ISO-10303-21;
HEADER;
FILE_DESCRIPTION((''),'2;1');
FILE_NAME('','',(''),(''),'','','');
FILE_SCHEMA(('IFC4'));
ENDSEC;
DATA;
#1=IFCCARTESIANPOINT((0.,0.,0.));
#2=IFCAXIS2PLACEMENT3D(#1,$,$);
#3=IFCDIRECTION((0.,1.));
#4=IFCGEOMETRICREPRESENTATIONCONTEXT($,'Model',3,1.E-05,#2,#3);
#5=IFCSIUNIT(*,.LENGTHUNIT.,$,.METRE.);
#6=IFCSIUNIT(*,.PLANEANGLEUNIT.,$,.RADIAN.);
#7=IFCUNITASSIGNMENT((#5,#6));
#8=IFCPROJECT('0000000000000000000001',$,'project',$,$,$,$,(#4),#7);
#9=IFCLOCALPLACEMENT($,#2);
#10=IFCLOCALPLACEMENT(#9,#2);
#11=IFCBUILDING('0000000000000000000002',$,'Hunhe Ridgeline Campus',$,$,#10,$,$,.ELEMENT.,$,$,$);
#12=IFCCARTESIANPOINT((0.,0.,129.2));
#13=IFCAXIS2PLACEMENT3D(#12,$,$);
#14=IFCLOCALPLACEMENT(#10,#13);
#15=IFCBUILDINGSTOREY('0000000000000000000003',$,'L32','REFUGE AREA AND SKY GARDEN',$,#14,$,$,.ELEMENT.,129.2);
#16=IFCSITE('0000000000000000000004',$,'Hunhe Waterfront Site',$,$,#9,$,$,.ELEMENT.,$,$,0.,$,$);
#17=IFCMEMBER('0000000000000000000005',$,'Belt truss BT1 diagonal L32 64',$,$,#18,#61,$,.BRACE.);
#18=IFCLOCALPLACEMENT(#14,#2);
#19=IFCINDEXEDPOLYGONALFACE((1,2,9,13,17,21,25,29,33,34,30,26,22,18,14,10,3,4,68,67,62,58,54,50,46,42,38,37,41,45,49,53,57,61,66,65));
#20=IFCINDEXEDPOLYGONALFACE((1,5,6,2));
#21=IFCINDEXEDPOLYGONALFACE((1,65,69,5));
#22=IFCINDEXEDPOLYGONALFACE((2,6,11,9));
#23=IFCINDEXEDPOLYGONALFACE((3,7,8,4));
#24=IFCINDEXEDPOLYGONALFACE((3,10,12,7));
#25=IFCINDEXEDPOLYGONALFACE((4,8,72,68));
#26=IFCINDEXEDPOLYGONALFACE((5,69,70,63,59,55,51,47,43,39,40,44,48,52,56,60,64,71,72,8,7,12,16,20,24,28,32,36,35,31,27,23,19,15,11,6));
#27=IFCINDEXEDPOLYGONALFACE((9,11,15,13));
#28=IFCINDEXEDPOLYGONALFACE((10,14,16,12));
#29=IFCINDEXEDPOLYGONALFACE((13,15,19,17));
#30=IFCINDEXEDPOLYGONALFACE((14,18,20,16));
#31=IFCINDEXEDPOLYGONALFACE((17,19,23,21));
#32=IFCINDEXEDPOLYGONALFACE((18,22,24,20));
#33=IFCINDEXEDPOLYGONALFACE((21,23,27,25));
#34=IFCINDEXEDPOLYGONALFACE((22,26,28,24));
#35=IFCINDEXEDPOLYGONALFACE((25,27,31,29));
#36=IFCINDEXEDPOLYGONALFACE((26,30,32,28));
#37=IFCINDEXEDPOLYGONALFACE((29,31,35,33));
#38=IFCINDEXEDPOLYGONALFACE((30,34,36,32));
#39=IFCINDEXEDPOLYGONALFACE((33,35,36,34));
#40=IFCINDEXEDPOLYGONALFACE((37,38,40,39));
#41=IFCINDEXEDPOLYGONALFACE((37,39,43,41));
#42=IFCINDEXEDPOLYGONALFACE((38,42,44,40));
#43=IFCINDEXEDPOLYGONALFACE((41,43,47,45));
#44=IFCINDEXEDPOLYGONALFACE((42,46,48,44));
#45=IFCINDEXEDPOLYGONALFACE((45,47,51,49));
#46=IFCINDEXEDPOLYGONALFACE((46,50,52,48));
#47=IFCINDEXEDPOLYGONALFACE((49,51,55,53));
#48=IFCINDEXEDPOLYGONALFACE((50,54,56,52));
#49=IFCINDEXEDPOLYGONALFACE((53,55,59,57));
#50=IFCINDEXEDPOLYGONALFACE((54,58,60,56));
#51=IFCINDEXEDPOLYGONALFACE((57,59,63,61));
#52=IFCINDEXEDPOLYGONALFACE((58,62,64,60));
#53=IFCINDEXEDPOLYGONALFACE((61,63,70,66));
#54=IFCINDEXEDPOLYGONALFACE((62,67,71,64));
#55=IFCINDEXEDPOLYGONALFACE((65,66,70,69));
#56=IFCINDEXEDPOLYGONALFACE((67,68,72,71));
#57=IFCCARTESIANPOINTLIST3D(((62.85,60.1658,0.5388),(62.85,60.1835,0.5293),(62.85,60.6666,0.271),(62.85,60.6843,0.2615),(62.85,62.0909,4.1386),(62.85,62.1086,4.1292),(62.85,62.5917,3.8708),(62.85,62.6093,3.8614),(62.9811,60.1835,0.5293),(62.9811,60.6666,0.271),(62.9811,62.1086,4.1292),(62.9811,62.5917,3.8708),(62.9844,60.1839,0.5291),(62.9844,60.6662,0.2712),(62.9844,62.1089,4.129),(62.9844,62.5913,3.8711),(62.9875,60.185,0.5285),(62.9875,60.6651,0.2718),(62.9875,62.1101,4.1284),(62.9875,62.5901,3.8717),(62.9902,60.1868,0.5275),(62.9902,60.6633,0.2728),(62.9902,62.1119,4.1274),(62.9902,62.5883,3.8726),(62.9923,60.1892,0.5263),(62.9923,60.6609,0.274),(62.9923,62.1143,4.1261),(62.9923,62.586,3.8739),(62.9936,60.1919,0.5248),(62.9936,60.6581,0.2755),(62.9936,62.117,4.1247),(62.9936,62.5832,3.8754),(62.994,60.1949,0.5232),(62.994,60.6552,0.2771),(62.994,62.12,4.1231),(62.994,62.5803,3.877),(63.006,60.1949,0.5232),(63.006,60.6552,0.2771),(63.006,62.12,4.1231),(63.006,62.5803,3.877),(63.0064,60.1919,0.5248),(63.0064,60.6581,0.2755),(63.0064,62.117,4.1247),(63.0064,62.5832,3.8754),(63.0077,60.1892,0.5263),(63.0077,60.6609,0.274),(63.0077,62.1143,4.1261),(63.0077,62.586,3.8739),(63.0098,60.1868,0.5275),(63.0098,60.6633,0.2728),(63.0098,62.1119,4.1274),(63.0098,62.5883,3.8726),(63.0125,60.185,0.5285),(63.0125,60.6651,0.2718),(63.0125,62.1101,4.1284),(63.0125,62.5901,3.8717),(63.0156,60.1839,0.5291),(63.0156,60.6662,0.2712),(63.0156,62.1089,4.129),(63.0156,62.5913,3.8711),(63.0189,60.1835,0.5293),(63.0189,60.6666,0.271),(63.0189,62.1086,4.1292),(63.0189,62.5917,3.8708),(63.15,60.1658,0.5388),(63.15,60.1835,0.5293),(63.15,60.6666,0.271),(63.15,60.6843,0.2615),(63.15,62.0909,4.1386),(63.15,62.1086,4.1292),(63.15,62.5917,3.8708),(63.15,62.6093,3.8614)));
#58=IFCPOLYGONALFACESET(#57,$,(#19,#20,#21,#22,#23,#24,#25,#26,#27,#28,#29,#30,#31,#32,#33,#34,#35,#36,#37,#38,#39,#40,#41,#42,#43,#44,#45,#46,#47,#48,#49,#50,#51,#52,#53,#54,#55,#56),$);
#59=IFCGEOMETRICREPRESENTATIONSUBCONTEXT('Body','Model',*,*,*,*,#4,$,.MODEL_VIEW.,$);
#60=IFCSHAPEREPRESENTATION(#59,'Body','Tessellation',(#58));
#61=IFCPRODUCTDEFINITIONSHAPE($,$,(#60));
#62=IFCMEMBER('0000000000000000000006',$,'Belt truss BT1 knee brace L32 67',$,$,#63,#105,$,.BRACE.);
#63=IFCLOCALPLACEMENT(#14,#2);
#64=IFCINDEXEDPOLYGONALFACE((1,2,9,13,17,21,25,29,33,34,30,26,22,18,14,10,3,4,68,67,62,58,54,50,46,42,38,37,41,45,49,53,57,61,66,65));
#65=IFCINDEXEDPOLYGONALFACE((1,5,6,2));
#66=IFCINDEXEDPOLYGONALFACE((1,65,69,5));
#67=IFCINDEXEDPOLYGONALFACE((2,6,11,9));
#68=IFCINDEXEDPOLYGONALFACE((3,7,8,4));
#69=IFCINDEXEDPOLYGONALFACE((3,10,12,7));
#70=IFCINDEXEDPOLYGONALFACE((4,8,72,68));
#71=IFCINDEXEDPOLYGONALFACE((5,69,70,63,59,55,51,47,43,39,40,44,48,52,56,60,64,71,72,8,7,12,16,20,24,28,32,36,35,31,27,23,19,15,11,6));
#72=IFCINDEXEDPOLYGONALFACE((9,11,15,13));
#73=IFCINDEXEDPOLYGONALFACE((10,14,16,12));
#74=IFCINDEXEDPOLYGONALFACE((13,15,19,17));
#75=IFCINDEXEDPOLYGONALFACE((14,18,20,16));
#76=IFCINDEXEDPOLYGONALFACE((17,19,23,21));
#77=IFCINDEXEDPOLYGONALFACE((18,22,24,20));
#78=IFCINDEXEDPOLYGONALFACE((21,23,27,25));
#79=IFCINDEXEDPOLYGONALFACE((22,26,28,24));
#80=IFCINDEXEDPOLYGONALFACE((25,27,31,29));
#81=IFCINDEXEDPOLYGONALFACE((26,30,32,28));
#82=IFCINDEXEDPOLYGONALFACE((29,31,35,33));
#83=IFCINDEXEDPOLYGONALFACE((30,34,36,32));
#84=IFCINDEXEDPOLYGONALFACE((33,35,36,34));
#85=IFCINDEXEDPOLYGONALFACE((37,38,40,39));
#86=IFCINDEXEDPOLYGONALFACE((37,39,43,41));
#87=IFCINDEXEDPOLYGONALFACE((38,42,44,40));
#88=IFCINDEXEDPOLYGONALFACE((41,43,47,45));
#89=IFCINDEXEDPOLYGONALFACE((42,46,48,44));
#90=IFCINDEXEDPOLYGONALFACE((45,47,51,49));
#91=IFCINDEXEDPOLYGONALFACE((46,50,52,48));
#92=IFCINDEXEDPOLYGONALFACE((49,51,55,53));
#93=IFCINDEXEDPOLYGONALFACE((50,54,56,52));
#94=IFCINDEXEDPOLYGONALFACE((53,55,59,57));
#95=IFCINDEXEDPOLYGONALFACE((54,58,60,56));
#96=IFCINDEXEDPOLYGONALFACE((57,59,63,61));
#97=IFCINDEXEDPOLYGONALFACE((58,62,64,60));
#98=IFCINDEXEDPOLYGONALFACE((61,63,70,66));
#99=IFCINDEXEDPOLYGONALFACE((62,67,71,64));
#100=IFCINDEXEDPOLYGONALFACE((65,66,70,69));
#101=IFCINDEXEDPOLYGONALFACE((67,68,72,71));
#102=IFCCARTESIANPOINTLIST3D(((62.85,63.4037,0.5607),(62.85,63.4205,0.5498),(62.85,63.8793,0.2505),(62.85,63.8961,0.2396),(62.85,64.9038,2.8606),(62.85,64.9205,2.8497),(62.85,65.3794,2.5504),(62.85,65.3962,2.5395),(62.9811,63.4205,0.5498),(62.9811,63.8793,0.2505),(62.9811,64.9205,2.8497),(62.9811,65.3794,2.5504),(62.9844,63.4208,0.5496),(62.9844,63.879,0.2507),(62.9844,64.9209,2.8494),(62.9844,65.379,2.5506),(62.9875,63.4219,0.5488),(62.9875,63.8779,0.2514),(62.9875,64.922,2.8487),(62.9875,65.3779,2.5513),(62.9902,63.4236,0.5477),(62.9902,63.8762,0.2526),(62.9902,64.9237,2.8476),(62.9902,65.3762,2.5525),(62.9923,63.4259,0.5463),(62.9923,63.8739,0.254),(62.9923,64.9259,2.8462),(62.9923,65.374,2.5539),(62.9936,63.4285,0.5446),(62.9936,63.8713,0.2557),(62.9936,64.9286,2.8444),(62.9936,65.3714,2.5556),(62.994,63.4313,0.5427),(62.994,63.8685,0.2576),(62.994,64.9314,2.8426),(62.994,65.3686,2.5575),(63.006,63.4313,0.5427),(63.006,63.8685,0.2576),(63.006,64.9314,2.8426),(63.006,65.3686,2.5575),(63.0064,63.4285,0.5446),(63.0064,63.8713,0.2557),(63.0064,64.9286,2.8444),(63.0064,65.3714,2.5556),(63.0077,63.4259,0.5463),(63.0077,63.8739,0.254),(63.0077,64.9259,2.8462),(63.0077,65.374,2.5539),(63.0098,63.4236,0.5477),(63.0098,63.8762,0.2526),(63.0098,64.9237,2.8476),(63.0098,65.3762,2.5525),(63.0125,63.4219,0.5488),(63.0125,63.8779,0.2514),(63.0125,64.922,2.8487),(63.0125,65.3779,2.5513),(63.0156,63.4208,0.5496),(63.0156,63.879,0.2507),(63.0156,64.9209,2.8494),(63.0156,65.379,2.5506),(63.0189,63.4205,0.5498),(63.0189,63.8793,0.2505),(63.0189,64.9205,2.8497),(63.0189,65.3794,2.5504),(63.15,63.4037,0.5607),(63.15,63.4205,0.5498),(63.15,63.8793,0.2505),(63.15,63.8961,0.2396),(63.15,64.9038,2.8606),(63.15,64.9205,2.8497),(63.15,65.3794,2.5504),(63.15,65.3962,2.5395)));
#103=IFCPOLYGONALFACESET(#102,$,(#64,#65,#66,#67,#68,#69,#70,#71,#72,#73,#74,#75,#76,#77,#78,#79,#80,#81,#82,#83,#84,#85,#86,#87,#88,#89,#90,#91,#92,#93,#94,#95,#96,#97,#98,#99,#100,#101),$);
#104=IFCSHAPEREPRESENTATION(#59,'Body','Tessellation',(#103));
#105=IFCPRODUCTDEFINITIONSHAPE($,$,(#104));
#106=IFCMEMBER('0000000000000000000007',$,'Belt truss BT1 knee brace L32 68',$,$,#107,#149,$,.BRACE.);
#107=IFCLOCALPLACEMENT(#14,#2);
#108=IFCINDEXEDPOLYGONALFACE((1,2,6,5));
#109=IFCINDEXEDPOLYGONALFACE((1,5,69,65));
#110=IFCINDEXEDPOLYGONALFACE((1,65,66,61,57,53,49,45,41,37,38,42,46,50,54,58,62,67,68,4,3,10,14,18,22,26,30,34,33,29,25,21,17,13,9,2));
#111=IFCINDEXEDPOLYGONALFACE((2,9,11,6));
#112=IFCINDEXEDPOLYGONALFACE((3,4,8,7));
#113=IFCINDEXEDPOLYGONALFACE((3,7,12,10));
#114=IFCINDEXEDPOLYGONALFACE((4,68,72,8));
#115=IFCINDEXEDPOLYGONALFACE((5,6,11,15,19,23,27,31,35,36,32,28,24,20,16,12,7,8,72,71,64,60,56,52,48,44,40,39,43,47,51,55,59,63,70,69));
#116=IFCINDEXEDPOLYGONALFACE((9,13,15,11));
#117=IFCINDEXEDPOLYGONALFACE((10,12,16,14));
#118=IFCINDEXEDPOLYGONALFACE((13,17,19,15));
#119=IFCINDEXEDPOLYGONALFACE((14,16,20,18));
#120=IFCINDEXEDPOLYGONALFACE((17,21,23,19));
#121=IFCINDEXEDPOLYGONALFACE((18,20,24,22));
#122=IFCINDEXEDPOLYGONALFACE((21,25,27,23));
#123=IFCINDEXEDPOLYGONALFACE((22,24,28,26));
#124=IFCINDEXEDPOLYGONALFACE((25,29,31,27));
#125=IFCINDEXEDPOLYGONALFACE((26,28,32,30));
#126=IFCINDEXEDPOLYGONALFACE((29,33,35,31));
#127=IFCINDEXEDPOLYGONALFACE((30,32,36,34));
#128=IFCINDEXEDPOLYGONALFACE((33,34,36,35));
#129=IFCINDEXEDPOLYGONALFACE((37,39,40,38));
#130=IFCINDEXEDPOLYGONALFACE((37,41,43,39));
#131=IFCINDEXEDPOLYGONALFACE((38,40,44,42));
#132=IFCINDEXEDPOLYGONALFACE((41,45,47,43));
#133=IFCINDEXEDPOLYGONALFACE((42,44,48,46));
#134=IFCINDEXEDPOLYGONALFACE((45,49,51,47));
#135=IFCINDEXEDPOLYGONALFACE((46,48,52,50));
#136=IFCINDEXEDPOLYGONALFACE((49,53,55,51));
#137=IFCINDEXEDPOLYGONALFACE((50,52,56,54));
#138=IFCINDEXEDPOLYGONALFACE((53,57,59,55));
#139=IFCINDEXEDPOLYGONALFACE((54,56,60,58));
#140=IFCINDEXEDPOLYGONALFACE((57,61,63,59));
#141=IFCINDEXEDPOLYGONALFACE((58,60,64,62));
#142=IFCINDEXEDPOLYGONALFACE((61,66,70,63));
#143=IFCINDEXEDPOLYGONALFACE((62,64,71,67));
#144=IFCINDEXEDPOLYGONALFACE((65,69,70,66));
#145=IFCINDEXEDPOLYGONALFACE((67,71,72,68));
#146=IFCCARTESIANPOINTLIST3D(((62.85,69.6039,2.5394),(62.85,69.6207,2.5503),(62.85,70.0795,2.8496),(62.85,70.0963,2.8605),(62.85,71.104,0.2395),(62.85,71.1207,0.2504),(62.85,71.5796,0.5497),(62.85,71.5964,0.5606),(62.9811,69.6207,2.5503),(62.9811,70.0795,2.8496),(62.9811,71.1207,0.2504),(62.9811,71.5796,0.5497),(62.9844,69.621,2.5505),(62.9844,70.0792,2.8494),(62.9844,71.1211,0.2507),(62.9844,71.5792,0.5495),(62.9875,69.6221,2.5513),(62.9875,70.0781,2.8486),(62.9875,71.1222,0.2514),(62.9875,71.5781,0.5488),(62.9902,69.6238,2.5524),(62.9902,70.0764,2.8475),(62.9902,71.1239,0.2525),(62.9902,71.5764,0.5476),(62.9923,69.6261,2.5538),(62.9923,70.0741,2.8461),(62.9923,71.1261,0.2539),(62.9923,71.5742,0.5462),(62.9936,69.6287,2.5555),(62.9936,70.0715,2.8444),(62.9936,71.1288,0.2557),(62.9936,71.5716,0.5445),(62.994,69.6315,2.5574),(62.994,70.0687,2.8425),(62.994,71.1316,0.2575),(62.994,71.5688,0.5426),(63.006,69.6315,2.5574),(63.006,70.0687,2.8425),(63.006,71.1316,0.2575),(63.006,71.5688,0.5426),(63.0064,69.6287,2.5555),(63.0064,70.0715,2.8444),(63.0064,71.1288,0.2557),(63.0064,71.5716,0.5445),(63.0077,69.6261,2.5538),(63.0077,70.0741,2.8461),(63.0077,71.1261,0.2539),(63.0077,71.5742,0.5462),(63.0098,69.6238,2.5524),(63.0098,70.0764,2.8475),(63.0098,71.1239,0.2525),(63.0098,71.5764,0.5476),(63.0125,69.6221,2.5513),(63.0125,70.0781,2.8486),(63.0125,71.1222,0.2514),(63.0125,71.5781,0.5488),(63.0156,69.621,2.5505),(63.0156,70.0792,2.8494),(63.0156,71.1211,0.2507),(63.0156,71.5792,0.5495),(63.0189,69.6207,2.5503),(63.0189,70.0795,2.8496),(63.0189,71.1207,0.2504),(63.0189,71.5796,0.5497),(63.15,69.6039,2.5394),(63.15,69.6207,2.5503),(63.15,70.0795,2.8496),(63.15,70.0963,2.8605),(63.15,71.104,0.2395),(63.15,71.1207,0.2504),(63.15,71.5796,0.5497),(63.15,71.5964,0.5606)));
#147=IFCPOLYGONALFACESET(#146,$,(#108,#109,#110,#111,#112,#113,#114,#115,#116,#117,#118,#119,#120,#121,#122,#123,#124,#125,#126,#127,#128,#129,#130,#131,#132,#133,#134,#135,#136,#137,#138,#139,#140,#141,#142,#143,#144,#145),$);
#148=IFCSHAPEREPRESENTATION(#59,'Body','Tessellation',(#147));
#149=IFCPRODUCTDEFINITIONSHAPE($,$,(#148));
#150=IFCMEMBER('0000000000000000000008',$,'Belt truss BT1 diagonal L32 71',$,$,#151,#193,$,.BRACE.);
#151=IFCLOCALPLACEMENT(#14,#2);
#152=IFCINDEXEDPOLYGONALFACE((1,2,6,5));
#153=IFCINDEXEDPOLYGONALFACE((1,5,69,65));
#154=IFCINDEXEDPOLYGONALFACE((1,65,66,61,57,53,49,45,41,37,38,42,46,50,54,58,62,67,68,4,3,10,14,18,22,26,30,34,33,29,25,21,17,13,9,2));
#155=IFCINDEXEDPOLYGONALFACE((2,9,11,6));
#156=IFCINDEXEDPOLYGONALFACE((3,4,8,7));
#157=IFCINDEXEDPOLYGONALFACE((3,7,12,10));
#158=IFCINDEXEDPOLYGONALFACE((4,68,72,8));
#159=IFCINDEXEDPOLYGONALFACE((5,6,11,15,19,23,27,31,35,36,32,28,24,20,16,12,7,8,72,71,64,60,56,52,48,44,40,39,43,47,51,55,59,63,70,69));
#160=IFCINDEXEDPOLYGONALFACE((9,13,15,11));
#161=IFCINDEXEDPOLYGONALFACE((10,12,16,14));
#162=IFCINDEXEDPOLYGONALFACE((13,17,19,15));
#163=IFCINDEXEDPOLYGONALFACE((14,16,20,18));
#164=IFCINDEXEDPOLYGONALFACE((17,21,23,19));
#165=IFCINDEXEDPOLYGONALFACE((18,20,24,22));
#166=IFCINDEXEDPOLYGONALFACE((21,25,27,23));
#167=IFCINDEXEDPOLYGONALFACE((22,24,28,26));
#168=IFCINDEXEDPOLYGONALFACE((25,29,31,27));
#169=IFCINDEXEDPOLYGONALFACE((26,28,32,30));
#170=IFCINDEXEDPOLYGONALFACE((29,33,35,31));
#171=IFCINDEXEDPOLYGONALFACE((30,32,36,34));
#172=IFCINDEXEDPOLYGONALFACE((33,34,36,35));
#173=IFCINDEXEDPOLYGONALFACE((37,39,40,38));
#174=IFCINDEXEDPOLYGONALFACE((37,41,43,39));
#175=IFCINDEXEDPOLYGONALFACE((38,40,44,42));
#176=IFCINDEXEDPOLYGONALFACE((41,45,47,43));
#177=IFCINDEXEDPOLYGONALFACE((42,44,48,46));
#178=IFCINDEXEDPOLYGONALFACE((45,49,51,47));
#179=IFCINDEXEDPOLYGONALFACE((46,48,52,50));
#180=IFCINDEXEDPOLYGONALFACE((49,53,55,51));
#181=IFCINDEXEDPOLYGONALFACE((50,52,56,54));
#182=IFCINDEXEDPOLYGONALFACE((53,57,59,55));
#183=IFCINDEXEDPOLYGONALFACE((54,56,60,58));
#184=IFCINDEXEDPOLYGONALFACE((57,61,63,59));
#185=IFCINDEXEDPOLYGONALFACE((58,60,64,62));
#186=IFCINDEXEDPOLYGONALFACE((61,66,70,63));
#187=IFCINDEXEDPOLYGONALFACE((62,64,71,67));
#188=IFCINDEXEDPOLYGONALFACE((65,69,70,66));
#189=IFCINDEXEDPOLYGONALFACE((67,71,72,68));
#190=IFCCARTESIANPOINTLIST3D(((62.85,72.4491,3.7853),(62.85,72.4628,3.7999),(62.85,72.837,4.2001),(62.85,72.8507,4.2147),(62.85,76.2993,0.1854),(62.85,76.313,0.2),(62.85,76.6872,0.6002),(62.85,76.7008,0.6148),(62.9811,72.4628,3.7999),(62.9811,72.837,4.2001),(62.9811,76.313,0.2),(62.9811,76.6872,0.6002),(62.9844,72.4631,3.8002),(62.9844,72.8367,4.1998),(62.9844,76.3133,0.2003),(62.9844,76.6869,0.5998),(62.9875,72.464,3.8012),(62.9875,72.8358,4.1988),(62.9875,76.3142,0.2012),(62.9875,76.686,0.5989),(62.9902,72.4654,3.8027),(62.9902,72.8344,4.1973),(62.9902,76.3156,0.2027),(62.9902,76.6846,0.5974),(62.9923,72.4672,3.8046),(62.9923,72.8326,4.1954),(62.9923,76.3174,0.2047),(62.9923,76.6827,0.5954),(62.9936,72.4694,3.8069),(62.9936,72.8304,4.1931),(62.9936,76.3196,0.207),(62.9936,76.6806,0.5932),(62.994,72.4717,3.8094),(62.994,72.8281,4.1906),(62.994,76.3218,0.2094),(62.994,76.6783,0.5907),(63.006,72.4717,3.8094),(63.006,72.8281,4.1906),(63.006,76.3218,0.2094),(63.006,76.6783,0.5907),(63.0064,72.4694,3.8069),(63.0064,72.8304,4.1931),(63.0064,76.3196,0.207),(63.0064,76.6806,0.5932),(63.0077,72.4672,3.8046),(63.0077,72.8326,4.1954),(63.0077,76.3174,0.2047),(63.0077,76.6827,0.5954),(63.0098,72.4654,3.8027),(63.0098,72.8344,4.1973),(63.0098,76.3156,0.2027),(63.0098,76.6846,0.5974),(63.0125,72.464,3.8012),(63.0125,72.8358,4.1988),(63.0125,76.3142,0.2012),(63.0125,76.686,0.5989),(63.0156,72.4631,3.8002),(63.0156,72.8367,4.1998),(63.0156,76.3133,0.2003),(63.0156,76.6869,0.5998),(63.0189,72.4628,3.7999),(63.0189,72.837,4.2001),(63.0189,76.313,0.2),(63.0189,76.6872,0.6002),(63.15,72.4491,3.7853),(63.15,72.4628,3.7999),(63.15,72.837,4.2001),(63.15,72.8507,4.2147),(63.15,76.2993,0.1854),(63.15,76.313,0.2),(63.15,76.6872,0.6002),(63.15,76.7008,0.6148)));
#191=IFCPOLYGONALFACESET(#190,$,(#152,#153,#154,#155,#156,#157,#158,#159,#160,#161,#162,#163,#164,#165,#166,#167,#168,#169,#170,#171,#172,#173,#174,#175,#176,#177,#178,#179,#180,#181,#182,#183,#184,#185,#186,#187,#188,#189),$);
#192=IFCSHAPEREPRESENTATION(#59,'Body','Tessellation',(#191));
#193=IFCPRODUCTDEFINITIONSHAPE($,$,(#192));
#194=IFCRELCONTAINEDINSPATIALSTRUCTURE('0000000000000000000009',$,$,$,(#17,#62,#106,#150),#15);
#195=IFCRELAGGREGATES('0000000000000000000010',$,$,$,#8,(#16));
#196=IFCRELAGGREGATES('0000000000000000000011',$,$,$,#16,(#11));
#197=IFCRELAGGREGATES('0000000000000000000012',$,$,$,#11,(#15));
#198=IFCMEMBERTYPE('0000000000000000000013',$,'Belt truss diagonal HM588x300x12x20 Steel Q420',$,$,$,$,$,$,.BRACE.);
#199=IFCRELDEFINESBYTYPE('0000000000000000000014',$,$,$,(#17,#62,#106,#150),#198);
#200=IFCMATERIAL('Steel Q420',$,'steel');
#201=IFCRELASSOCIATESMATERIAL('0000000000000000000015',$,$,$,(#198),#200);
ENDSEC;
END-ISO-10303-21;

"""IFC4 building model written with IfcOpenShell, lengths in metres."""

from ifc_helpers import new_model, si_unit, direction, frame, origin, origin_2d, place, context, subcontext, project, spatial, i_section, extrude, material, material_profile, profile_set, type_object, element, save


model = new_model("IFC4")

# Units and contexts
model_context = context("Model", 3, precision=1e-05, world=origin(), true_north=direction((0.0, 1.0)))
body_context = subcontext(model_context, "Body", "Model", "MODEL_VIEW")
ifc_project = project(units=[si_unit("LENGTHUNIT", "METRE"), si_unit("PLANEANGLEUNIT", "RADIAN")], contexts=[model_context])

# Site, building, storey
site_placement = place(None, origin())
site = spatial("IfcSite", under=ifc_project, at=site_placement, Name="Hunhe Waterfront Site", CompositionType="ELEMENT", RefElevation=0.0)
building_placement = place(site_placement, origin())
building = spatial("IfcBuilding", under=site, at=building_placement, Name="Hunhe Ridgeline Campus", CompositionType="ELEMENT")
storey_placement = place(building_placement, frame((0.0, 0.0, 129.2)))
storey = spatial("IfcBuildingStorey", under=building, at=storey_placement, Name="L32", Description="REFUGE AREA AND SKY GARDEN", CompositionType="ELEMENT", Elevation=129.2)

# Members
ifc_material_1 = material(Name="Steel Q420", Category="steel")
ifc_material_profile_1 = material_profile(ifc_material_1, i_section(OverallWidth=0.3, OverallDepth=0.5879, WebThickness=0.012, FlangeThickness=0.02, FilletRadius=0.0129, at=origin_2d()))
ifc_profile_set_1 = profile_set([ifc_material_profile_1], Name="Steel Q420")
member_type_1 = type_object("IfcMemberType", Name="Belt truss diagonal HM588x300x12x20 Steel Q420", PredefinedType="BRACE", material=ifc_profile_set_1)
for number, where, z_axis, x_axis, name in (
    (1, (63.0, 60.425, 0.4001), (0.0, 0.471566, 0.881831), (-1.0, 0.0, 0.0), "Belt truss BT1 diagonal L32 64"),
):
    element("IfcMember", number, at=place(storey_placement, frame(where, z_axis=z_axis, x_axis=x_axis)), inside=storey, type_object=member_type_1, Name=name, PredefinedType="BRACE", context=body_context, shape_type="SweptSolid", body=[
        extrude(i_section(OverallWidth=0.3, OverallDepth=0.5879, WebThickness=0.012, FlangeThickness=0.02, FilletRadius=0.0129, at=origin_2d()), origin(), (0.0, 0.0, 1.0), 4.0823),
    ])
for number, where, z_axis, x_axis, name in (
    (2, (63.0, 63.6499, 0.4001), (0.0, 0.5463, 0.837589), (-1.0, 0.0, 0.0), "Belt truss BT1 knee brace L32 67"),
    (3, (63.0, 69.8501, 2.7), (0.0, 0.5463, -0.837589), (-1.0, 0.0, 0.0), "Belt truss BT1 knee brace L32 68"),
):
    element("IfcMember", number, at=place(storey_placement, frame(where, z_axis=z_axis, x_axis=x_axis)), inside=storey, type_object=member_type_1, Name=name, PredefinedType="BRACE", context=body_context, shape_type="SweptSolid", body=[
        extrude(i_section(OverallWidth=0.3, OverallDepth=0.5879, WebThickness=0.012, FlangeThickness=0.02, FilletRadius=0.0129, at=origin_2d()), origin(), (0.0, 0.0, 1.0), 2.7458),
    ])
member_1_placement = place(storey_placement, frame((63.0, 72.6499, 4.0), z_axis=(0.0, 0.730447, -0.68297), x_axis=(-1.0, 0.0, 0.0)))
element("IfcMember", 4, at=member_1_placement, inside=storey, type_object=member_type_1, Name="Belt truss BT1 diagonal L32 71", PredefinedType="BRACE", context=body_context, shape_type="SweptSolid", body=[
    extrude(i_section(OverallWidth=0.3, OverallDepth=0.5879, WebThickness=0.012, FlangeThickness=0.02, FilletRadius=0.0129, at=origin_2d()), origin(), (0.0, 0.0, 1.0), 5.271),
])

save(model, "model.ifc")
